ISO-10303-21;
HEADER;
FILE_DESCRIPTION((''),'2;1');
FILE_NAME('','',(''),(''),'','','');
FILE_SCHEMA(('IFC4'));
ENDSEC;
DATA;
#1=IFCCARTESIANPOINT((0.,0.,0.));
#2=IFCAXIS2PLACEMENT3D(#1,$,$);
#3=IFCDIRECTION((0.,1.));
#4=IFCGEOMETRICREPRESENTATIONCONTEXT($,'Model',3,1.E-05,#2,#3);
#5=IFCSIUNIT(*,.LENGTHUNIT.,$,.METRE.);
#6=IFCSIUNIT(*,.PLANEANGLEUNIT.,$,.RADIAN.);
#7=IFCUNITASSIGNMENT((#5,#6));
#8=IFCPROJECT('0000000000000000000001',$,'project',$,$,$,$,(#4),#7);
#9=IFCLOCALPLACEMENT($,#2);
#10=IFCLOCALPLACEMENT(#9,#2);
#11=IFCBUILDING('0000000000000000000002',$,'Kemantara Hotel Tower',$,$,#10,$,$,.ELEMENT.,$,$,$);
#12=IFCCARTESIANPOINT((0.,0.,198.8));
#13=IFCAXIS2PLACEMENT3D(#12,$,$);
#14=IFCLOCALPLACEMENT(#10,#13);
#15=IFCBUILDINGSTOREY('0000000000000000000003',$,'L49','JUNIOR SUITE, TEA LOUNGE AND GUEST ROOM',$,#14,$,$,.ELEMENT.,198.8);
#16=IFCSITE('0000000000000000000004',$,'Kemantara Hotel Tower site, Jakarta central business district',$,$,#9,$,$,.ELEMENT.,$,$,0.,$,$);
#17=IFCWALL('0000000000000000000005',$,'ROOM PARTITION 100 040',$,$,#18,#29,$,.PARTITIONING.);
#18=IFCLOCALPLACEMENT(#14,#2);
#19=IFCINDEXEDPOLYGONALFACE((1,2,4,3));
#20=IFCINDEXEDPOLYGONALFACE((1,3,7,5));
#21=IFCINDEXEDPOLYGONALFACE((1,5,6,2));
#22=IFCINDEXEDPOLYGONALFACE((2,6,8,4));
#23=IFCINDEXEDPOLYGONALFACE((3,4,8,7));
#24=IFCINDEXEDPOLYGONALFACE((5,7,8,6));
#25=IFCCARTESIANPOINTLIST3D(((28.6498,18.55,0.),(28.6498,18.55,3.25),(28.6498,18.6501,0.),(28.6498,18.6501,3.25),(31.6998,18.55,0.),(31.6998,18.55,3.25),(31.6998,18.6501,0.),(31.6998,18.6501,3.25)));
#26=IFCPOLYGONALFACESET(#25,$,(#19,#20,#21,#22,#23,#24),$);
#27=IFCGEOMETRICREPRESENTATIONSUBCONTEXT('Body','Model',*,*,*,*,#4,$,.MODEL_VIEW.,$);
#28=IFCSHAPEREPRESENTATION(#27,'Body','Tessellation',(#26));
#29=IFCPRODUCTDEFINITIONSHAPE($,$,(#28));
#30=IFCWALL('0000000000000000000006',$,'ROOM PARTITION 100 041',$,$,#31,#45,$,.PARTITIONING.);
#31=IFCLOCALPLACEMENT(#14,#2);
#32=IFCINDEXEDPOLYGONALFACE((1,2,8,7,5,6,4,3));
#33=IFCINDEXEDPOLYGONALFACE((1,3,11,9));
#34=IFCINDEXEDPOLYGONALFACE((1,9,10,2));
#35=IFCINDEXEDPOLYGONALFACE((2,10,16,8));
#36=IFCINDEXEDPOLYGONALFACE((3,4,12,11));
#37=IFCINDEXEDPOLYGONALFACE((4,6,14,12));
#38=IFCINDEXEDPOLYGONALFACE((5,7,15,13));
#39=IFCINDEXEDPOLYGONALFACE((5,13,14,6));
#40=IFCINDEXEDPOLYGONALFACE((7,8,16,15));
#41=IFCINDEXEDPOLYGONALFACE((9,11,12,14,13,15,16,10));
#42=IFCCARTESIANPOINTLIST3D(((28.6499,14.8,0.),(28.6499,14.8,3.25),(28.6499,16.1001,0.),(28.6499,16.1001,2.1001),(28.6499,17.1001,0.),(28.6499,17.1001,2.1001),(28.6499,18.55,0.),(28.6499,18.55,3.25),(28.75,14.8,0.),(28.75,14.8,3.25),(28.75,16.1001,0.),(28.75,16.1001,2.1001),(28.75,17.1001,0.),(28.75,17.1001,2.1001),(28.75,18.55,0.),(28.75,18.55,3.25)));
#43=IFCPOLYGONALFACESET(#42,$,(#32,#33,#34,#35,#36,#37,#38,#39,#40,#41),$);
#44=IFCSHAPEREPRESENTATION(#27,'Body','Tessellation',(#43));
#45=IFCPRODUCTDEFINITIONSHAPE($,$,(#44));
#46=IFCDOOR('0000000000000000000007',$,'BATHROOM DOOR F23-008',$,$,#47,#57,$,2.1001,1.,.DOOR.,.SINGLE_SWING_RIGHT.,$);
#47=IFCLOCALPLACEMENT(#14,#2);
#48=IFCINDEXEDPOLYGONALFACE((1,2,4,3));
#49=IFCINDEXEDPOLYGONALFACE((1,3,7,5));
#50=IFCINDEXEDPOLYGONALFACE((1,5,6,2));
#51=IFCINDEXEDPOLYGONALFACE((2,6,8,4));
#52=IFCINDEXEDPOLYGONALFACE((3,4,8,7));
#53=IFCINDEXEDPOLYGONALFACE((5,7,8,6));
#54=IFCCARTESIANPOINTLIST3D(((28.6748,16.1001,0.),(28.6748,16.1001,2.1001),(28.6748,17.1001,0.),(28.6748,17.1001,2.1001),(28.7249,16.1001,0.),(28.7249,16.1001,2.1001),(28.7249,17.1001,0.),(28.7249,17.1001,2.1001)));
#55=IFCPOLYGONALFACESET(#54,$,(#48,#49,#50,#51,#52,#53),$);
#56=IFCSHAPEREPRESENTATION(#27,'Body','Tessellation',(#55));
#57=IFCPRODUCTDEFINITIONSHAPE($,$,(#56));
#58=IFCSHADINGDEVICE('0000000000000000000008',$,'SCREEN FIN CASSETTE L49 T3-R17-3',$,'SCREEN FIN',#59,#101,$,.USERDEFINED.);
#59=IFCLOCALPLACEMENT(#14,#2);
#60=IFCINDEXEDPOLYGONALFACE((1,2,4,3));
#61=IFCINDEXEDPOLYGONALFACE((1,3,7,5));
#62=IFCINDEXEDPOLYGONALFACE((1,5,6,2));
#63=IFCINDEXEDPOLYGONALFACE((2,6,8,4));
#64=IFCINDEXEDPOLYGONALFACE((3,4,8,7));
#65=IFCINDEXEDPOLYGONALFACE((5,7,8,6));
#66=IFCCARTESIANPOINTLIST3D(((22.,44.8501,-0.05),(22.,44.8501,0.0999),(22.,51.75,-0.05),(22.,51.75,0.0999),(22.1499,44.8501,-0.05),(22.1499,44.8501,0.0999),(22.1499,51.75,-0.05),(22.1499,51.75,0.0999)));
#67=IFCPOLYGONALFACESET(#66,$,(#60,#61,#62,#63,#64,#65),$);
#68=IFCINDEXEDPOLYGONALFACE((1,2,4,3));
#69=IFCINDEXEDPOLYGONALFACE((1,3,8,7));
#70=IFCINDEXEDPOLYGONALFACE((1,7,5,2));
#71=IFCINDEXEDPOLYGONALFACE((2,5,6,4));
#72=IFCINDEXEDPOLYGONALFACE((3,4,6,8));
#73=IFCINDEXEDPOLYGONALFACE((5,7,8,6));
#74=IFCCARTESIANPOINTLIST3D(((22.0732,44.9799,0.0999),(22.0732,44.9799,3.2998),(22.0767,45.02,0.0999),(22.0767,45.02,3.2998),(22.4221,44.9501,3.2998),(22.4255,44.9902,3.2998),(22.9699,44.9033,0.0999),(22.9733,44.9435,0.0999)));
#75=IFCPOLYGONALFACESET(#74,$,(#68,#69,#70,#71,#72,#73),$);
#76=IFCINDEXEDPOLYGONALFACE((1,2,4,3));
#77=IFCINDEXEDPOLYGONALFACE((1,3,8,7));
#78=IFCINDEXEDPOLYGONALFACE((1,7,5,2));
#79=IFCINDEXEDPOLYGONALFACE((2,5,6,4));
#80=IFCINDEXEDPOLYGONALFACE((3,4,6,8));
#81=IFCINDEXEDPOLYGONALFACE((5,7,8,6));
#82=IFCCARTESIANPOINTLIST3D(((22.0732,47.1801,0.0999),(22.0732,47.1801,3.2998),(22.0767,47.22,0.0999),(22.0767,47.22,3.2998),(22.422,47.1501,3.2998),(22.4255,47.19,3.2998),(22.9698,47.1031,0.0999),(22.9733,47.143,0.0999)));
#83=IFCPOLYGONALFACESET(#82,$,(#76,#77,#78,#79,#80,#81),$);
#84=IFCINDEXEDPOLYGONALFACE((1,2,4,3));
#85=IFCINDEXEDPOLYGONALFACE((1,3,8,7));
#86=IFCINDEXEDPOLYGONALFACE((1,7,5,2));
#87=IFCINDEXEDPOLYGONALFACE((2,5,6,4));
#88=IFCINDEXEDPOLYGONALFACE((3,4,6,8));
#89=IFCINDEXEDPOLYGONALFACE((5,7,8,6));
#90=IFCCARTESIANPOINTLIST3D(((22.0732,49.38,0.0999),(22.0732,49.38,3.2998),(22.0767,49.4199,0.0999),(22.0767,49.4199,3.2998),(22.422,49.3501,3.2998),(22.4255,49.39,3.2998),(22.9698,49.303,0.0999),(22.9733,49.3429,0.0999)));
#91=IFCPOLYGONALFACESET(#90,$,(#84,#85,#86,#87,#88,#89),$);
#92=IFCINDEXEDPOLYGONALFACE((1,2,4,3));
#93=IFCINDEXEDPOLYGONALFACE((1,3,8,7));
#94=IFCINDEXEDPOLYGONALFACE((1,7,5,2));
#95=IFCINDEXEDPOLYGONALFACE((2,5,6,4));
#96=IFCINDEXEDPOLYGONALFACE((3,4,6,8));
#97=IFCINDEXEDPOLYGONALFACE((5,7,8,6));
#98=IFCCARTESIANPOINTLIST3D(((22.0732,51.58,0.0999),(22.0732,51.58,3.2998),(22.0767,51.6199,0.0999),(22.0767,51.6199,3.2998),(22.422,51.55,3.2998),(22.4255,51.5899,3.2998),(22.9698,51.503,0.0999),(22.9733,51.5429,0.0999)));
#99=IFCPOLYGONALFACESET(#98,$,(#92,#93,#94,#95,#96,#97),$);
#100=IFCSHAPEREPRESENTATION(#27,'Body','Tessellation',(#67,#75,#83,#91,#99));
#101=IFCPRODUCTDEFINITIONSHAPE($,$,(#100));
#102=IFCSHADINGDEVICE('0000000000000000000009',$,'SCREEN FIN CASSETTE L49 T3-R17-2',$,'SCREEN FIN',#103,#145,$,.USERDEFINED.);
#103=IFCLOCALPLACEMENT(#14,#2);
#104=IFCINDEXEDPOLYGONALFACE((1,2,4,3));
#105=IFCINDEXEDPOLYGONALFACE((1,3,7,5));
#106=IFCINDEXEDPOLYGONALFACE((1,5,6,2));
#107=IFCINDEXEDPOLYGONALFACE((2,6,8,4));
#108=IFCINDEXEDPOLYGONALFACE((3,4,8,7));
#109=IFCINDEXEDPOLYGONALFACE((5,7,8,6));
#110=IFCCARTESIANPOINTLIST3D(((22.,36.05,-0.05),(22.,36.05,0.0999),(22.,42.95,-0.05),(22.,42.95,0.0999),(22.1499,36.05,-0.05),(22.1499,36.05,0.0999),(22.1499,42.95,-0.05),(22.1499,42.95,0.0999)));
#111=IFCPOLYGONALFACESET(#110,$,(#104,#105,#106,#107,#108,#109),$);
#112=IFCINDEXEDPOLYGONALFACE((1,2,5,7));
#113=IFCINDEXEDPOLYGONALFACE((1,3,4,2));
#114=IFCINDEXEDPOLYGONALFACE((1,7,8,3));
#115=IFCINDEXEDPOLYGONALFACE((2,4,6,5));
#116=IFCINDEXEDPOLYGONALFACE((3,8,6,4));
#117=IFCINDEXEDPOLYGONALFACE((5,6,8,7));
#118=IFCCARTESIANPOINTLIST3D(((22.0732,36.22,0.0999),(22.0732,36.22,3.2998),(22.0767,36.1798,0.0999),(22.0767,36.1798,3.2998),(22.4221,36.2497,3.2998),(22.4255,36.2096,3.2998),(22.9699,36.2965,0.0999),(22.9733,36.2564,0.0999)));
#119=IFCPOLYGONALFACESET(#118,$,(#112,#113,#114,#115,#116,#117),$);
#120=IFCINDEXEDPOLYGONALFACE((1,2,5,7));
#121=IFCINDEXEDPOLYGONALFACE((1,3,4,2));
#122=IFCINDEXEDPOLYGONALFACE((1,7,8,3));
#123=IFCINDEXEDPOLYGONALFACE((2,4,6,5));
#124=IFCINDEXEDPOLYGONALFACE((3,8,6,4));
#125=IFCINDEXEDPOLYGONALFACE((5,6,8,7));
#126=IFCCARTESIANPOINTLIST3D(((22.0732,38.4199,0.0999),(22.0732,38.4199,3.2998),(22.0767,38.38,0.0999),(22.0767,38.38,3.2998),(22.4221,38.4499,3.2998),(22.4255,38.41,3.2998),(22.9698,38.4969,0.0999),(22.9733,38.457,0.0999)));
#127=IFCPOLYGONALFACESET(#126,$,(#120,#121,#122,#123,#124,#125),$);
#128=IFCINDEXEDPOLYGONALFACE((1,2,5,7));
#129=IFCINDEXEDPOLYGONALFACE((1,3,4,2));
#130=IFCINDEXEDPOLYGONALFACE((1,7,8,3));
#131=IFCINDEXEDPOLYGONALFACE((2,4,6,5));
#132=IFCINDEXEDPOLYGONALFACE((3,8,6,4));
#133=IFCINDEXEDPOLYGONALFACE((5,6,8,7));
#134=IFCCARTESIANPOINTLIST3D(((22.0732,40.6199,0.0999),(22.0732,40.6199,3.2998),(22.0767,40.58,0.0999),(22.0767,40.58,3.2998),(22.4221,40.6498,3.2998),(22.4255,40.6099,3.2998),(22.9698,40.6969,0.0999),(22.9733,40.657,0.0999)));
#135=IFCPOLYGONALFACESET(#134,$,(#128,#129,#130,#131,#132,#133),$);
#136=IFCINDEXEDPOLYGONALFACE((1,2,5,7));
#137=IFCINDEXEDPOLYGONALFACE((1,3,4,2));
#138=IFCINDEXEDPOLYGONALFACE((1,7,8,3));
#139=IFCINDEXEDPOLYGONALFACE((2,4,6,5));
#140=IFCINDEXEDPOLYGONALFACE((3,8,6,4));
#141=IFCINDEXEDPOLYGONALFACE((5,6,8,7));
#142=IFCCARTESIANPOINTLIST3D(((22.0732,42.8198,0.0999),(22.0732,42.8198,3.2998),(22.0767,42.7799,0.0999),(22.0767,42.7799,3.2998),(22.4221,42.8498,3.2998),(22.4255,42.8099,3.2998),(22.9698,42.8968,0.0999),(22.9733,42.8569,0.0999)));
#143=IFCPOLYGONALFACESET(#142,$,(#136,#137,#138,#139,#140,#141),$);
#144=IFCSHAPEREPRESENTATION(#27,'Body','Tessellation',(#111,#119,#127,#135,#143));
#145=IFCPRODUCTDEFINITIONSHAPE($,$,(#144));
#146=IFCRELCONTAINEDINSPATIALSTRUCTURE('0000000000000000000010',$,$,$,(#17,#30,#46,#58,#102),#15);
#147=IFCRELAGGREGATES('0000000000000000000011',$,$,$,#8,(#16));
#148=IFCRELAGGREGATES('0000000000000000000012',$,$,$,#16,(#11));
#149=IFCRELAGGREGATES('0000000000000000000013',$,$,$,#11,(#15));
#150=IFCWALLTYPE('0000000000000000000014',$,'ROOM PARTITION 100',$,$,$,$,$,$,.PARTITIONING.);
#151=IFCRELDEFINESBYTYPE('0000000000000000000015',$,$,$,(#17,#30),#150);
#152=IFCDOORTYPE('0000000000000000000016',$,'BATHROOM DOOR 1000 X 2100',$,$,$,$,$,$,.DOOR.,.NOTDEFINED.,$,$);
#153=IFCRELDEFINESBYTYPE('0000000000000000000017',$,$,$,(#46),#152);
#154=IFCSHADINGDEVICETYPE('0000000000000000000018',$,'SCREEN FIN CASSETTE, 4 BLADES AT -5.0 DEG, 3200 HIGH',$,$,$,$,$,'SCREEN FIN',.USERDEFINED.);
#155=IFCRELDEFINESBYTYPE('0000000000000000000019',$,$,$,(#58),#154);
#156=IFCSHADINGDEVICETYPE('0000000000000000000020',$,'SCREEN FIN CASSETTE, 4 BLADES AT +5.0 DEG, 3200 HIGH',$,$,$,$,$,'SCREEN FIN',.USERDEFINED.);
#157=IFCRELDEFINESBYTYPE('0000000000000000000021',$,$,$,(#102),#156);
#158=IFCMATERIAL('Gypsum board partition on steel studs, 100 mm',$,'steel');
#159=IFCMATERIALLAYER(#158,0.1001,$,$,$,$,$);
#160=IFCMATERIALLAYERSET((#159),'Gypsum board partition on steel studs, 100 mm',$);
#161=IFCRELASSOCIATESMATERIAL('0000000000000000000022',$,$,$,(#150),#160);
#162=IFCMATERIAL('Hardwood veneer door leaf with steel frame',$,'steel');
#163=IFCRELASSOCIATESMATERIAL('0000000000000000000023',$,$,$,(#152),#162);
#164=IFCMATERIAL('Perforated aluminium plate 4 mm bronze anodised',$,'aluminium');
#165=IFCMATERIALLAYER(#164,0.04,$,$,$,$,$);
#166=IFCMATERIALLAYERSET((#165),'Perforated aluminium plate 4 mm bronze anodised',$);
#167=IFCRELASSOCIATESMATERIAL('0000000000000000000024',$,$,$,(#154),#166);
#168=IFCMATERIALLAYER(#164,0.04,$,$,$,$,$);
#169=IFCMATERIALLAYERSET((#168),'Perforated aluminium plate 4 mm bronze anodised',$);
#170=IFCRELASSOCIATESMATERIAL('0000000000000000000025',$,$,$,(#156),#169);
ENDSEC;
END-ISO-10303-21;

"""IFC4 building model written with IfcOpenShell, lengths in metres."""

from ifc_helpers import new_model, si_unit, direction, frame, frame_2d, origin, origin_2d, place, context, subcontext, project, spatial, polyline, rectangle, outline, extrude, source, transform, mapped, material, layer, layer_set, type_object, element, fill, save


model = new_model("IFC4")

# Units and contexts
model_context = context("Model", 3, precision=1e-05, world=origin(), true_north=direction((0.0, 1.0)))
body_context = subcontext(model_context, "Body", "Model", "MODEL_VIEW")
ifc_project = project(units=[si_unit("LENGTHUNIT", "METRE"), si_unit("PLANEANGLEUNIT", "RADIAN")], contexts=[model_context])

# Site, building, storey
site_placement = place(None, origin())
site = spatial("IfcSite", under=ifc_project, at=site_placement, Name="Kemantara Hotel Tower site, Jakarta central business district", CompositionType="ELEMENT", RefElevation=0.0)
building_placement = place(site_placement, origin())
building = spatial("IfcBuilding", under=site, at=building_placement, Name="Kemantara Hotel Tower", CompositionType="ELEMENT")
storey_placement = place(building_placement, frame((0.0, 0.0, 198.8)))
storey = spatial("IfcBuildingStorey", under=building, at=storey_placement, Name="L49", Description="JUNIOR SUITE, TEA LOUNGE AND GUEST ROOM", CompositionType="ELEMENT", Elevation=198.8)

# Wall
ifc_material_1 = material(Name="Gypsum board partition on steel studs, 100 mm", Category="steel")
ifc_layer_1 = layer(ifc_material_1, 0.1001)
ifc_layer_set_1 = layer_set([ifc_layer_1], Name="Gypsum board partition on steel studs, 100 mm")
wall_type_1 = type_object("IfcWallType", Name="ROOM PARTITION 100", PredefinedType="PARTITIONING", material=ifc_layer_set_1)
wall_1_placement = place(storey_placement, frame((28.6499, 18.6001, 0.0), z_axis=(0.0, 0.0, 1.0), x_axis=(1.0, 0.0, 0.0)))
element("IfcWall", 1, at=wall_1_placement, inside=storey, type_object=wall_type_1, Name="ROOM PARTITION 100 040", PredefinedType="PARTITIONING", context=body_context, shape_type="SweptSolid", body=[
    extrude(rectangle(XDim=3.05, YDim=0.1001, at=frame_2d((1.5249, 0.0))), origin(), (0.0, 0.0, 1.0), 3.25),
])

# Wall, opening, door
wall_2_placement = place(storey_placement, frame((28.7, 18.55, 0.0), z_axis=(0.0, 0.0, 1.0), x_axis=(0.0, -1.0, 0.0)))
wall_2 = element("IfcWall", 2, at=wall_2_placement, inside=storey, type_object=wall_type_1, Name="ROOM PARTITION 100 041", PredefinedType="PARTITIONING", context=body_context, shape_type="SweptSolid", body=[
    extrude(rectangle(XDim=3.75, YDim=0.1001, at=frame_2d((1.875, 0.0))), origin(), (0.0, 0.0, 1.0), 3.25),
])
opening_placement = place(wall_2_placement, frame((1.45, 0.0, 0.0)))
opening = element("IfcOpeningElement", 3, at=opening_placement, cuts=wall_2, PredefinedType="OPENING", context=body_context, shape_type="SweptSolid", body=[
    extrude(rectangle(XDim=1.0, YDim=2.1001, at=frame_2d((0.5, 1.05))), frame((0.0, 0.0601, 0.0), z_axis=(0.0, -1.0, 0.0), x_axis=(1.0, 0.0, 0.0)), (0.0, 0.0, 1.0), 0.1201),
])
ifc_material_2 = material(Name="Hardwood veneer door leaf with steel frame", Category="steel")
door_type = type_object("IfcDoorType", Name="BATHROOM DOOR 1000 X 2100", OperationType="NOTDEFINED", PredefinedType="DOOR", material=ifc_material_2)
door_placement = place(opening_placement, origin())
door = element("IfcDoor", 4, at=door_placement, inside=storey, type_object=door_type, Name="BATHROOM DOOR F23-008", OperationType="SINGLE_SWING_RIGHT", OverallHeight=2.1001, OverallWidth=1.0, PredefinedType="DOOR", context=body_context, shape_type="SweptSolid", body=[
    extrude(rectangle(XDim=1.0, YDim=2.1001, at=frame_2d((0.5, 1.05))), frame((0.0, 0.0249, 0.0), z_axis=(0.0, -1.0, 0.0), x_axis=(1.0, 0.0, 0.0)), (0.0, 0.0, 1.0), 0.05),
])
fill(opening, door)

# Shading devices
ifc_material_3 = material(Name="Perforated aluminium plate 4 mm bronze anodised", Category="aluminium")
ifc_layer_2 = layer(ifc_material_3, 0.04)
ifc_layer_set_2 = layer_set([ifc_layer_2], Name="Perforated aluminium plate 4 mm bronze anodised")
shading_device_type_1 = type_object("IfcShadingDeviceType", Name="SCREEN FIN CASSETTE, 4 BLADES AT -5.0 DEG, 3200 HIGH", ElementType="SCREEN FIN", PredefinedType="USERDEFINED", material=ifc_layer_set_2)
shared_shape_1 = source(origin(), body_context, "Body", "SweptSolid", [
    extrude(rectangle(XDim=6.8999, YDim=0.1499, at=origin_2d()), frame((3.3, -0.075, -0.1499), z_axis=(0.0, 0.0, 1.0), x_axis=(1.0, 0.0, 0.0)), (0.0, 0.0, 1.0), 0.1499),
    extrude(outline(polyline([(0.0, 0.0), (0.8999, 0.0), (0.3501, 3.2), (0.0, 3.2), (0.0, 0.0)])), frame((0.02, -0.0767, 0.0), z_axis=(-0.996376, 0.085056, 0.0), x_axis=(-0.085056, -0.996376, 0.0)), (0.0, 0.0, 1.0), 0.0403),
    extrude(outline(polyline([(0.0, 0.0), (0.8999, 0.0), (0.3501, 3.2), (0.0, 3.2), (0.0, 0.0)])), frame((2.22, -0.0767, 0.0), z_axis=(-0.996332, 0.085575, 0.0), x_axis=(-0.085575, -0.996332, 0.0)), (0.0, 0.0, 1.0), 0.04),
    extrude(outline(polyline([(0.0, 0.0), (0.8999, 0.0), (0.3501, 3.2), (0.0, 3.2), (0.0, 0.0)])), frame((4.4199, -0.0767, 0.0), z_axis=(-0.996332, 0.085575, 0.0), x_axis=(-0.085575, -0.996332, 0.0)), (0.0, 0.0, 1.0), 0.04),
    extrude(outline(polyline([(0.0, 0.0), (0.8999, 0.0), (0.3501, 3.2), (0.0, 3.2), (0.0, 0.0)])), frame((6.6199, -0.0767, 0.0), z_axis=(-0.996332, 0.085575, 0.0), x_axis=(-0.085575, -0.996332, 0.0)), (0.0, 0.0, 1.0), 0.04),
])
shading_device_1_placement = place(storey_placement, frame((22.0, 45.0, 0.0999), z_axis=(0.0, 0.0, 1.0), x_axis=(0.0, 1.0, 0.0)))
element("IfcShadingDevice", 5, at=shading_device_1_placement, inside=storey, type_object=shading_device_type_1, Name="SCREEN FIN CASSETTE L49 T3-R17-3", ObjectType="SCREEN FIN", PredefinedType="USERDEFINED", context=body_context, shape_type="MappedRepresentation", body=[
    mapped(shared_shape_1, transform((0.0, 0.0, 0.0))),
])
ifc_layer_3 = layer(ifc_material_3, 0.04)
ifc_layer_set_3 = layer_set([ifc_layer_3], Name="Perforated aluminium plate 4 mm bronze anodised")
shading_device_type_2 = type_object("IfcShadingDeviceType", Name="SCREEN FIN CASSETTE, 4 BLADES AT +5.0 DEG, 3200 HIGH", ElementType="SCREEN FIN", PredefinedType="USERDEFINED", material=ifc_layer_set_3)
shared_shape_2 = source(origin(), body_context, "Body", "SweptSolid", [
    extrude(rectangle(XDim=6.8999, YDim=0.1499, at=origin_2d()), frame((3.3, -0.075, -0.1499), z_axis=(0.0, 0.0, 1.0), x_axis=(1.0, 0.0, 0.0)), (0.0, 0.0, 1.0), 0.1499),
    extrude(outline(polyline([(0.0, 0.0), (0.8999, 0.0), (0.3501, 3.2), (0.0, 3.2), (0.0, 0.0)])), frame((0.02, -0.0732, 0.0), z_axis=(-0.996376, -0.085056, 0.0), x_axis=(0.085056, -0.996376, 0.0)), (0.0, 0.0, 1.0), 0.0403),
    extrude(outline(polyline([(0.0, 0.0), (0.8999, 0.0), (0.3501, 3.2), (0.0, 3.2), (0.0, 0.0)])), frame((2.22, -0.0732, 0.0), z_axis=(-0.996332, -0.085575, 0.0), x_axis=(0.085575, -0.996332, 0.0)), (0.0, 0.0, 1.0), 0.04),
    extrude(outline(polyline([(0.0, 0.0), (0.8999, 0.0), (0.3501, 3.2), (0.0, 3.2), (0.0, 0.0)])), frame((4.4199, -0.0732, 0.0), z_axis=(-0.996332, -0.085575, 0.0), x_axis=(0.085575, -0.996332, 0.0)), (0.0, 0.0, 1.0), 0.04),
    extrude(outline(polyline([(0.0, 0.0), (0.8999, 0.0), (0.3501, 3.2), (0.0, 3.2), (0.0, 0.0)])), frame((6.6199, -0.0732, 0.0), z_axis=(-0.996332, -0.085575, 0.0), x_axis=(0.085575, -0.996332, 0.0)), (0.0, 0.0, 1.0), 0.04),
])
shading_device_2_placement = place(storey_placement, frame((22.0, 36.2, 0.0999), z_axis=(0.0, 0.0, 1.0), x_axis=(0.0, 1.0, 0.0)))
element("IfcShadingDevice", 6, at=shading_device_2_placement, inside=storey, type_object=shading_device_type_2, Name="SCREEN FIN CASSETTE L49 T3-R17-2", ObjectType="SCREEN FIN", PredefinedType="USERDEFINED", context=body_context, shape_type="MappedRepresentation", body=[
    mapped(shared_shape_2, transform((0.0, 0.0, 0.0))),
])

save(model, "model.ifc")
